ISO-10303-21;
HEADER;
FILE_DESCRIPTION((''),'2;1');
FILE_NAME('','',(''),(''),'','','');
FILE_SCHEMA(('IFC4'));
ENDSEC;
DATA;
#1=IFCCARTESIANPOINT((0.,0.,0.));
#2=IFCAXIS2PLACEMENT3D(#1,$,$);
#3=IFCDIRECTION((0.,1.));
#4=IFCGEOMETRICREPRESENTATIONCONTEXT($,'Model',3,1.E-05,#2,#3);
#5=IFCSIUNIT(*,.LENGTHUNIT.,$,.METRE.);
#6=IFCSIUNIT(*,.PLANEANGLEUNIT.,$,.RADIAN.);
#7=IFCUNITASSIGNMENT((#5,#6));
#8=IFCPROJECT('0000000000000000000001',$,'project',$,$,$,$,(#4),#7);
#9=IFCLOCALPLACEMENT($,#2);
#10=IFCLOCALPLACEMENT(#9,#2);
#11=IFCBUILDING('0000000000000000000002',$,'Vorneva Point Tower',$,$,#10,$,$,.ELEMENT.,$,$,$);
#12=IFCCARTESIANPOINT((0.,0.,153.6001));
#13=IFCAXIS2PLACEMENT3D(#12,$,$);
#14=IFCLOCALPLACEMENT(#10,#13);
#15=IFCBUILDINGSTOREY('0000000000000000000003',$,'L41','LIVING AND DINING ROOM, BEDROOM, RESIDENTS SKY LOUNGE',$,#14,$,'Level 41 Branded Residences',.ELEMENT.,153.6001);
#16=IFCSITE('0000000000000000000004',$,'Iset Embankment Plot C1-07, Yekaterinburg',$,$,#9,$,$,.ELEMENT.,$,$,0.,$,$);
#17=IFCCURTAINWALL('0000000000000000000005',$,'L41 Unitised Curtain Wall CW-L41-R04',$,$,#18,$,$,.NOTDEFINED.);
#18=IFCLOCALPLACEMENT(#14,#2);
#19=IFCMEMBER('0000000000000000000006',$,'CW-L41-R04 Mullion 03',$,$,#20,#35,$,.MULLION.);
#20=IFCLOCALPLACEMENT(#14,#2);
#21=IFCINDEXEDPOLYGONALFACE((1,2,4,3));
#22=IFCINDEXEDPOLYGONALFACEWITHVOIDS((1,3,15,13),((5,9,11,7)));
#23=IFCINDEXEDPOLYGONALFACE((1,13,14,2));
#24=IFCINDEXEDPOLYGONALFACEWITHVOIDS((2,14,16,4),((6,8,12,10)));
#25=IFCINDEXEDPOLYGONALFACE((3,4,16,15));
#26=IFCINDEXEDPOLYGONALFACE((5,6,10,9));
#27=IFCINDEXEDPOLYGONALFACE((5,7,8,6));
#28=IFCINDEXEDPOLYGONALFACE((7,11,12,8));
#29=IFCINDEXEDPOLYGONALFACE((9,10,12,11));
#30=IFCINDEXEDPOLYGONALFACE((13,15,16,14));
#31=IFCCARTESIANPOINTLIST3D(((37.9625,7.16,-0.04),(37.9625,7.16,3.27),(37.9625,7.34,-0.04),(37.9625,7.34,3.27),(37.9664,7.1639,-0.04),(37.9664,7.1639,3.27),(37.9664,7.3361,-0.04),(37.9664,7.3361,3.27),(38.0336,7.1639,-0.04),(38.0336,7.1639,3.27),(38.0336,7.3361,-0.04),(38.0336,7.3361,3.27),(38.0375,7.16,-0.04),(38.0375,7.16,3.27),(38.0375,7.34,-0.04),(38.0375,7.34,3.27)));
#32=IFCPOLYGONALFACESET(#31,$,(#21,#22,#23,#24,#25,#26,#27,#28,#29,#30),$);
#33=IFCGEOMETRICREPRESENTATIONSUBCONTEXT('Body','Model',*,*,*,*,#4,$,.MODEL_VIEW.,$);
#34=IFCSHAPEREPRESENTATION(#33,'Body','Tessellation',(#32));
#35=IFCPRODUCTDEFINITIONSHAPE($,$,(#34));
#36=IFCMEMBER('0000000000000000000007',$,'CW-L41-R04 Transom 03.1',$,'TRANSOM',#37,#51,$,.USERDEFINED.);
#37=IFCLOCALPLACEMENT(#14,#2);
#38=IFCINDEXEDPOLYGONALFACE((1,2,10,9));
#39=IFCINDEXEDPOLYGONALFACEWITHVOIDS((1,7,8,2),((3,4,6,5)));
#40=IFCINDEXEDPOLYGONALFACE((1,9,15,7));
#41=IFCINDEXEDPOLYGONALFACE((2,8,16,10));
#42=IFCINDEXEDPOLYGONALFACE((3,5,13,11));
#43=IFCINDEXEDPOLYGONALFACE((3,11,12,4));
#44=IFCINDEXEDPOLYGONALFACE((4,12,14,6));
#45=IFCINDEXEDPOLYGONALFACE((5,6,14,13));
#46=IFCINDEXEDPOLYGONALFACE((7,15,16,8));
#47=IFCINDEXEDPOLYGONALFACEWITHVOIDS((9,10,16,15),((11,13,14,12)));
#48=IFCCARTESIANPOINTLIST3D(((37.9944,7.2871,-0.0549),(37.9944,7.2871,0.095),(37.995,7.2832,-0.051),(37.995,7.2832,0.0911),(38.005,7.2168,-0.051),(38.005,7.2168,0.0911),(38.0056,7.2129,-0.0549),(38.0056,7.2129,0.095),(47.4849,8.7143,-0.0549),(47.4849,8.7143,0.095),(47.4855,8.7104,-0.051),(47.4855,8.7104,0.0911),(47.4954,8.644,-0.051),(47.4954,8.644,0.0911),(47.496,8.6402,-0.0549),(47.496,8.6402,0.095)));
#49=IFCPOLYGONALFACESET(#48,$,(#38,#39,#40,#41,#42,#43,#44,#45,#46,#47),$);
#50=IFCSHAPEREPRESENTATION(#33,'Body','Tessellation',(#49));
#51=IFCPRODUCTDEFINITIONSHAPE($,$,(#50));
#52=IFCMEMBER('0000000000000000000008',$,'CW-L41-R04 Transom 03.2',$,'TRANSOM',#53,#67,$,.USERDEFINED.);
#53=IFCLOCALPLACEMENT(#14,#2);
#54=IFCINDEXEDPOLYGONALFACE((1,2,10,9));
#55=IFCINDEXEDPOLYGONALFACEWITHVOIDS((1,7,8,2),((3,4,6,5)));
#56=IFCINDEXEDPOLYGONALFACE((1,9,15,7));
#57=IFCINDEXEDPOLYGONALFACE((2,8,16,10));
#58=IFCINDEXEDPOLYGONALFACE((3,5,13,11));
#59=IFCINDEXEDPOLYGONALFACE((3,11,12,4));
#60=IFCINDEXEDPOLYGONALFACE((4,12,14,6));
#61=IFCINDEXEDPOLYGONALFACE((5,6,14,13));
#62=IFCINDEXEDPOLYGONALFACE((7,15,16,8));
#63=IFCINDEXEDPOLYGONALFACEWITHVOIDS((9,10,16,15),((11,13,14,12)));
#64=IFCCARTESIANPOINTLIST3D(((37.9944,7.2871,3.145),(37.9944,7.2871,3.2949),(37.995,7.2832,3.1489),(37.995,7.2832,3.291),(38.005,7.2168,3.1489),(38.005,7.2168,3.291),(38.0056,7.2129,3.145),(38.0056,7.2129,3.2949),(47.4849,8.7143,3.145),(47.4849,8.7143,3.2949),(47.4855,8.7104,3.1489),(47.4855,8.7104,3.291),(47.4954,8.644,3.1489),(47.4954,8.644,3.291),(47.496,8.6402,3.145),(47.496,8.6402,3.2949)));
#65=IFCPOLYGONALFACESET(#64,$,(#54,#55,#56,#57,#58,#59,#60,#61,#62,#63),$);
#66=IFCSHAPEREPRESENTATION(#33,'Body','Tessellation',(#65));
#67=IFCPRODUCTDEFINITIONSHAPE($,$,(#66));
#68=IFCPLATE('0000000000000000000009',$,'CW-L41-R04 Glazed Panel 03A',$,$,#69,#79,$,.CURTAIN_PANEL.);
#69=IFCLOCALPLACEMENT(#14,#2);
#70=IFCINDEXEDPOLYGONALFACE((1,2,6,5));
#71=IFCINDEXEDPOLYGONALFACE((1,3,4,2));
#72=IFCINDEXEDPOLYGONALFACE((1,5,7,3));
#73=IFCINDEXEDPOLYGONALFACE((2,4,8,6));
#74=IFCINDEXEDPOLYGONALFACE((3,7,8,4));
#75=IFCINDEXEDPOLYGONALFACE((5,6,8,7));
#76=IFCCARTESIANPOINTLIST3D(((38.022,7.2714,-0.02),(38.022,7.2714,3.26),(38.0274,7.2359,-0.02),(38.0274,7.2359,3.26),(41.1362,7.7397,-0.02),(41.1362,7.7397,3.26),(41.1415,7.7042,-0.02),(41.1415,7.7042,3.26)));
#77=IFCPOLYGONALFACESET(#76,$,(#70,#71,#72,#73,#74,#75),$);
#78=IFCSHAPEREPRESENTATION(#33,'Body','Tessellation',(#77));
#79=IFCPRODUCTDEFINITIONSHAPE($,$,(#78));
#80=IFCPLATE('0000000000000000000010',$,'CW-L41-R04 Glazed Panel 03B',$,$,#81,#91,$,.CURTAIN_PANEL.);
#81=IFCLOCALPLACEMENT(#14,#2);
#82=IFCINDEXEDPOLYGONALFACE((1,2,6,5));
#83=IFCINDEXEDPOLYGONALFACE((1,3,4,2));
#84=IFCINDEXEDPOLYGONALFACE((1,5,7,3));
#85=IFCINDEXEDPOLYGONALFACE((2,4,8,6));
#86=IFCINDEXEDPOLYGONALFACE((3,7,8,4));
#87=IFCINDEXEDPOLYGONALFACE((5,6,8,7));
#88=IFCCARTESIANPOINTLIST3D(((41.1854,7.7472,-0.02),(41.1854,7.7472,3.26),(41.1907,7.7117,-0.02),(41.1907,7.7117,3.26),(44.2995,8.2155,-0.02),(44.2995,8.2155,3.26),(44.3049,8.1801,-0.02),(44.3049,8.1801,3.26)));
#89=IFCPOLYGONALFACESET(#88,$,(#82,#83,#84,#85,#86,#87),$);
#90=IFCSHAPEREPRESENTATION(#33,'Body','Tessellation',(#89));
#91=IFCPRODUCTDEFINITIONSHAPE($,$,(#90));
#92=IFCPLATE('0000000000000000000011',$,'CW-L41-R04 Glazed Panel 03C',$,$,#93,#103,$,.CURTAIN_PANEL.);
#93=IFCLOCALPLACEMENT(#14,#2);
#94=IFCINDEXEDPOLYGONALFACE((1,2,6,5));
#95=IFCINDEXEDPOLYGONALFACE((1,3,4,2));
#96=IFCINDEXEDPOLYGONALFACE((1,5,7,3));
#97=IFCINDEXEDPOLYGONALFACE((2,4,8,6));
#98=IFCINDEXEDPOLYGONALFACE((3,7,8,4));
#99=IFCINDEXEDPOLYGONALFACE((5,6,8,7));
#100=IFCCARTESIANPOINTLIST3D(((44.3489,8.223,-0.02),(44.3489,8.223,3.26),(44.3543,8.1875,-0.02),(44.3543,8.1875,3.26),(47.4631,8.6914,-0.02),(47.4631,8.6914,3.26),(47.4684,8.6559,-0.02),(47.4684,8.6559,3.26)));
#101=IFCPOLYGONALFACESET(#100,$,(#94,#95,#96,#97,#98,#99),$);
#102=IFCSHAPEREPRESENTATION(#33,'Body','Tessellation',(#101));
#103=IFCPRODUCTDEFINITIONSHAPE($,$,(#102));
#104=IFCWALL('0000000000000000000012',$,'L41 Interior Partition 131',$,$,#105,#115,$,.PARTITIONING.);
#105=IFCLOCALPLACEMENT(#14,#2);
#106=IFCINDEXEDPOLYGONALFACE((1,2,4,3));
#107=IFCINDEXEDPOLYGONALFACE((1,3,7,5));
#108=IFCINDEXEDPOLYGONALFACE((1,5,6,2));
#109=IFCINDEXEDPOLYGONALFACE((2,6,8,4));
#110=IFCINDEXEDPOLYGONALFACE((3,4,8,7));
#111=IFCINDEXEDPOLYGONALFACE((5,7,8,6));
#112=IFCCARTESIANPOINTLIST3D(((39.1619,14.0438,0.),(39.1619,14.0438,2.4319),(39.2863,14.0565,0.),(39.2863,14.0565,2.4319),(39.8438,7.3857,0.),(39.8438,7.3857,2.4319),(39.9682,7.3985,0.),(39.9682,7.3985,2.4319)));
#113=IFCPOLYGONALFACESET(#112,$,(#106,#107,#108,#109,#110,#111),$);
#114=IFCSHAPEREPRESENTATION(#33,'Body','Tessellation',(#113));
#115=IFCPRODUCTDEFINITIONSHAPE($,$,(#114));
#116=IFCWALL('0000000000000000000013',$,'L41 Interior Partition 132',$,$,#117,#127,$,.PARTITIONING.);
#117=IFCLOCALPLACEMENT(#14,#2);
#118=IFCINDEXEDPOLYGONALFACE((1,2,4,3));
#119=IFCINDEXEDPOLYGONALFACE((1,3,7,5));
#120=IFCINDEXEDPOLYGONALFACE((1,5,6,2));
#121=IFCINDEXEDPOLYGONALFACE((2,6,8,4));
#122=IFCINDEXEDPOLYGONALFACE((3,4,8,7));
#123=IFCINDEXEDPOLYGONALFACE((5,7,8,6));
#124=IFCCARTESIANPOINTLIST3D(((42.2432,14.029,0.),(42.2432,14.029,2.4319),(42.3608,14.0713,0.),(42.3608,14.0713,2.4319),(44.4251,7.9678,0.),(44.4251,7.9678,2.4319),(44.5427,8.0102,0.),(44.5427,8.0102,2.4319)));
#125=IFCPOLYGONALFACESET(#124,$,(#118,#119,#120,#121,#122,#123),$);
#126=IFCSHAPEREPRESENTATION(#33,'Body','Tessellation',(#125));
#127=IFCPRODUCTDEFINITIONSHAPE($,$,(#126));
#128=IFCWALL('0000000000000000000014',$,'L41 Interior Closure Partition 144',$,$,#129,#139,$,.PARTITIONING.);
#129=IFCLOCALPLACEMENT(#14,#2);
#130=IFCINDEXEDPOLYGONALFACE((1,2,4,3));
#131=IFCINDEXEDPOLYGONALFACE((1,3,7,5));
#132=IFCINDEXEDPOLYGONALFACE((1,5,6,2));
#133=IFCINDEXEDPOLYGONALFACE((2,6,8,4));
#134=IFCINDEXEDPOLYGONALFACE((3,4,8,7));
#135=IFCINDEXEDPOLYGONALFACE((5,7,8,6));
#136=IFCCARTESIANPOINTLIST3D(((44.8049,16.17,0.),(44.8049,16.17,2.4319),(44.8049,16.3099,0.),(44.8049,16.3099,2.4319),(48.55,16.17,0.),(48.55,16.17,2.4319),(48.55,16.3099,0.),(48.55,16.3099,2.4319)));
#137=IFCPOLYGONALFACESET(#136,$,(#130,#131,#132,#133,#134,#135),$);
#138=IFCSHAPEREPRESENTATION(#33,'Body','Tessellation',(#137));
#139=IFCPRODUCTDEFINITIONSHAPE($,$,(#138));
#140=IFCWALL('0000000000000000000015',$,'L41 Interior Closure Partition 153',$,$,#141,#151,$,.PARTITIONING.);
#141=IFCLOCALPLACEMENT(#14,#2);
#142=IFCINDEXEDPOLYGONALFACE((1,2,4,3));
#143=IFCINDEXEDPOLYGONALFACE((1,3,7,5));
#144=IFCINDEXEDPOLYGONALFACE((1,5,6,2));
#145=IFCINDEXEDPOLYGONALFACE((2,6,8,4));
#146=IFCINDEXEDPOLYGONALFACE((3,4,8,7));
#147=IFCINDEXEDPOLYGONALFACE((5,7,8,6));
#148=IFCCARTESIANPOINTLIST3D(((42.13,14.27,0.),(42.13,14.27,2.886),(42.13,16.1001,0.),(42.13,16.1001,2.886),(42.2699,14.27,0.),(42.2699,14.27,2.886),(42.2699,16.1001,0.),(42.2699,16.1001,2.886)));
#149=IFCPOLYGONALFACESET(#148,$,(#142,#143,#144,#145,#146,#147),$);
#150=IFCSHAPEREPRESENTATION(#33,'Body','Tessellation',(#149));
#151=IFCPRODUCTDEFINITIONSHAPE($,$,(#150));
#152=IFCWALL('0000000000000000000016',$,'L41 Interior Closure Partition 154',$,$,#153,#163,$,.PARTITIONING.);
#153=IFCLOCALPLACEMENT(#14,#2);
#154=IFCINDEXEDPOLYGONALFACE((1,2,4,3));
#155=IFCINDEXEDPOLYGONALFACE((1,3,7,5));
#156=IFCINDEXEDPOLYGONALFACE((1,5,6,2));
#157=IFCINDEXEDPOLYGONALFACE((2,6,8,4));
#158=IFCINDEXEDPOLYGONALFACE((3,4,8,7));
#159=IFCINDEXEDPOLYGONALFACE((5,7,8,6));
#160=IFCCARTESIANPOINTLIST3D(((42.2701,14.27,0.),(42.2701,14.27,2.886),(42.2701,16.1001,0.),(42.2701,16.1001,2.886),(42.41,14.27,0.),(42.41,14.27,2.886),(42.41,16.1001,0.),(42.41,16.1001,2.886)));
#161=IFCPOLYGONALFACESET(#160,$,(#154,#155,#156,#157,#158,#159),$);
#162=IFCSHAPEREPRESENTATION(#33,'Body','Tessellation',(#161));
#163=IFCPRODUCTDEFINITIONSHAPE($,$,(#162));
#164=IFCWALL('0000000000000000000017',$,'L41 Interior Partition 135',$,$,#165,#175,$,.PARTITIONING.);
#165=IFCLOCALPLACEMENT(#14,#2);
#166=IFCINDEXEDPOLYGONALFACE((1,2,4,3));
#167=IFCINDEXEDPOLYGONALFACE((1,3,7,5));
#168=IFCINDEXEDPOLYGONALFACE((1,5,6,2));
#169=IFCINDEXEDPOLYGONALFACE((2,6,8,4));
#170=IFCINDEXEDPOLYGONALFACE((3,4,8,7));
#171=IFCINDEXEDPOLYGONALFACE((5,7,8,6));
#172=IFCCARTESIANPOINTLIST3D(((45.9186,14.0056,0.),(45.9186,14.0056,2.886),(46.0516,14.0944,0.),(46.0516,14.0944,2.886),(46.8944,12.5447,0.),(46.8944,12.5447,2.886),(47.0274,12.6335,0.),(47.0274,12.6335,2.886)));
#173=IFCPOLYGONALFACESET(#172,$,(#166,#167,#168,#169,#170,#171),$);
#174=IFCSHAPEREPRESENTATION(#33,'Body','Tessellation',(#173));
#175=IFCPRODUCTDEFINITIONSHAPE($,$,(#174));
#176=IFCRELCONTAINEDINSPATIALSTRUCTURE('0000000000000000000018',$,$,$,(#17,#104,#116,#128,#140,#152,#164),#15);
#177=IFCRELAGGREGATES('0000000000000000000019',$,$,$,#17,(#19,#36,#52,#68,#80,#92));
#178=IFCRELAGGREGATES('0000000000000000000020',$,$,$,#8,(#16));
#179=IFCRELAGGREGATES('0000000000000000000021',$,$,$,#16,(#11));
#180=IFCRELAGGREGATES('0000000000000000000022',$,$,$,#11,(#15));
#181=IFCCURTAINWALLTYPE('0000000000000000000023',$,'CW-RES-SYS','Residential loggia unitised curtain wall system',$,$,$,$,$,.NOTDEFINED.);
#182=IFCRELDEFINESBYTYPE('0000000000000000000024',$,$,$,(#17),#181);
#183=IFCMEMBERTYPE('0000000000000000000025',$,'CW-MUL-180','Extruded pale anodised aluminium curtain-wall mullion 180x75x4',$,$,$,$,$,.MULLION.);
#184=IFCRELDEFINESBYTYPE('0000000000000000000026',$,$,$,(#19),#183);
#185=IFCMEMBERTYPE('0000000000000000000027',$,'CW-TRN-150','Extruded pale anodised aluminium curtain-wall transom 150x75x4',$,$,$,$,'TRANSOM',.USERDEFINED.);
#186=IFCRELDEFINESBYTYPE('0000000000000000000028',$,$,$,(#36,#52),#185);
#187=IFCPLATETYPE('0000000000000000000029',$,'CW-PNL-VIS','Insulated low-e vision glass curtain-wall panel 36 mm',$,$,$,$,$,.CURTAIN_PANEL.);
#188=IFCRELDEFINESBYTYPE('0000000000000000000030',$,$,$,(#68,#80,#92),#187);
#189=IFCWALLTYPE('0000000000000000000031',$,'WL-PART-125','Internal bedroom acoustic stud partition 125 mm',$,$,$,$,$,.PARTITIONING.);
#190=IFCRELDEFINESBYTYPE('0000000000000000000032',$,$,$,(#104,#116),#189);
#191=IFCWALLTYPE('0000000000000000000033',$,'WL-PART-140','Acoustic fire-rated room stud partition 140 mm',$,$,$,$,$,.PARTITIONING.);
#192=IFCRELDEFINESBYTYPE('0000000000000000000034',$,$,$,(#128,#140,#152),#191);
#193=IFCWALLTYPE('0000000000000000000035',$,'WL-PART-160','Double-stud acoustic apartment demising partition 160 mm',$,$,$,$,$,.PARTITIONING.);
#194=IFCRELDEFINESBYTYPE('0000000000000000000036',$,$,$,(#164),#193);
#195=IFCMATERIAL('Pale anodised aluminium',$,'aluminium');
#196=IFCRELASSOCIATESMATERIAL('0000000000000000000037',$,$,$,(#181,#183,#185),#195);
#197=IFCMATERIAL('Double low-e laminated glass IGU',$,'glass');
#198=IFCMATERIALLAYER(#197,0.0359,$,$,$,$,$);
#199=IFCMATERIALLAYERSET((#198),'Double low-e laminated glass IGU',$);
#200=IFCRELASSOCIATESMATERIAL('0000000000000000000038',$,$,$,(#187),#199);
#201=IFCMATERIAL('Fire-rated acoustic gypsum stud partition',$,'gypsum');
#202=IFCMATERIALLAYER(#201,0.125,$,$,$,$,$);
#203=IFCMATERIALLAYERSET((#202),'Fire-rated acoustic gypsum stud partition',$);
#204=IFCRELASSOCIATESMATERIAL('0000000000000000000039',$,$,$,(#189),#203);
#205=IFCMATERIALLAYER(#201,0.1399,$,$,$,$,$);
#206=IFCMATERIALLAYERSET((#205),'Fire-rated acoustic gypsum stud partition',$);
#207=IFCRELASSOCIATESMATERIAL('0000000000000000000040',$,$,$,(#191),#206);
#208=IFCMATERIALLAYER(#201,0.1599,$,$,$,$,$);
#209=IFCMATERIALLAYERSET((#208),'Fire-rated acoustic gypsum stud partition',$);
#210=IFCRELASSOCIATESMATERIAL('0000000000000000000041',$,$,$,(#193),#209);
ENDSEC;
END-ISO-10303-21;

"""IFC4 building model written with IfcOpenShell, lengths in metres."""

from ifc_helpers import new_model, si_unit, direction, frame, frame_2d, origin, origin_2d, place, context, subcontext, project, spatial, rectangle, hollow_rectangle, extrude, material, layer, layer_set, material_profile, profile_set, type_object, element, aggregate, save


model = new_model("IFC4")

# Units and contexts
model_context = context("Model", 3, precision=1e-05, world=origin(), true_north=direction((0.0, 1.0)))
body_context = subcontext(model_context, "Body", "Model", "MODEL_VIEW")
ifc_project = project(units=[si_unit("LENGTHUNIT", "METRE"), si_unit("PLANEANGLEUNIT", "RADIAN")], contexts=[model_context])

# Site, building, storey
site_placement = place(None, origin())
site = spatial("IfcSite", under=ifc_project, at=site_placement, Name="Iset Embankment Plot C1-07, Yekaterinburg", CompositionType="ELEMENT", RefElevation=0.0)
building_placement = place(site_placement, origin())
building = spatial("IfcBuilding", under=site, at=building_placement, Name="Vorneva Point Tower", CompositionType="ELEMENT")
storey_placement = place(building_placement, frame((0.0, 0.0, 153.6001)))
storey = spatial("IfcBuildingStorey", under=building, at=storey_placement, Name="L41", Description="LIVING AND DINING ROOM, BEDROOM, RESIDENTS SKY LOUNGE", LongName="Level 41 Branded Residences", CompositionType="ELEMENT", Elevation=153.6001)

# Curtain wall, members, plates
ifc_material_1 = material(Name="Pale anodised aluminium", Category="aluminium")
curtain_wall_type = type_object("IfcCurtainWallType", Name="CW-RES-SYS", Description="Residential loggia unitised curtain wall system", PredefinedType="NOTDEFINED", material=ifc_material_1)
curtain_wall_placement = place(storey_placement, origin())
curtain_wall = element("IfcCurtainWall", 1, at=curtain_wall_placement, inside=storey, type_object=curtain_wall_type, Name="L41 Unitised Curtain Wall CW-L41-R04", PredefinedType="NOTDEFINED")
ifc_material_profile_1 = material_profile(ifc_material_1, hollow_rectangle(XDim=0.075, YDim=0.1799, WallThickness=0.0039, at=origin_2d()), Name="AL-MUL 180x75x4")
ifc_profile_set_1 = profile_set([ifc_material_profile_1], Name="Pale anodised aluminium")
member_type_1 = type_object("IfcMemberType", Name="CW-MUL-180", Description="Extruded pale anodised aluminium curtain-wall mullion 180x75x4", PredefinedType="MULLION", material=ifc_profile_set_1)
member_1_placement = place(storey_placement, frame((38.0, 7.25, -0.04), z_axis=(0.0, 0.0, 1.0), x_axis=(1.0, 0.0, 0.0)))
member_1 = element("IfcMember", 2, at=member_1_placement, type_object=member_type_1, Name="CW-L41-R04 Mullion 03", PredefinedType="MULLION", context=body_context, shape_type="SweptSolid", body=[
    extrude(hollow_rectangle(XDim=0.075, YDim=0.1799, WallThickness=0.0039, at=origin_2d()), origin(), (0.0, 0.0, 1.0), 3.3101),
])
ifc_material_profile_2 = material_profile(ifc_material_1, hollow_rectangle(XDim=0.075, YDim=0.1499, WallThickness=0.0039, at=origin_2d()), Name="AL-TRN 150x75x4")
ifc_profile_set_2 = profile_set([ifc_material_profile_2], Name="Pale anodised aluminium")
member_type_2 = type_object("IfcMemberType", Name="CW-TRN-150", Description="Extruded pale anodised aluminium curtain-wall transom 150x75x4", ElementType="TRANSOM", PredefinedType="USERDEFINED", material=ifc_profile_set_2)
member_2_placement = place(storey_placement, frame((38.0, 7.25, 0.02), z_axis=(0.98888, 0.148715, 0.0), x_axis=(-0.148715, 0.98888, 0.0)))
member_2 = element("IfcMember", 3, at=member_2_placement, type_object=member_type_2, Name="CW-L41-R04 Transom 03.1", ObjectType="TRANSOM", PredefinedType="USERDEFINED", context=body_context, shape_type="SweptSolid", body=[
    extrude(hollow_rectangle(XDim=0.075, YDim=0.1499, WallThickness=0.0039, at=origin_2d()), origin(), (0.0, 0.0, 1.0), 9.5972),
])
member_3_placement = place(storey_placement, frame((38.0, 7.25, 3.22), z_axis=(0.98888, 0.148715, 0.0), x_axis=(-0.148715, 0.98888, 0.0)))
member_3 = element("IfcMember", 4, at=member_3_placement, type_object=member_type_2, Name="CW-L41-R04 Transom 03.2", ObjectType="TRANSOM", PredefinedType="USERDEFINED", context=body_context, shape_type="SweptSolid", body=[
    extrude(hollow_rectangle(XDim=0.075, YDim=0.1499, WallThickness=0.0039, at=origin_2d()), origin(), (0.0, 0.0, 1.0), 9.5972),
])
ifc_material_2 = material(Name="Double low-e laminated glass IGU", Category="glass")
ifc_layer_1 = layer(ifc_material_2, 0.0359)
ifc_layer_set_1 = layer_set([ifc_layer_1], Name="Double low-e laminated glass IGU")
plate_type = type_object("IfcPlateType", Name="CW-PNL-VIS", Description="Insulated low-e vision glass curtain-wall panel 36 mm", PredefinedType="CURTAIN_PANEL", material=ifc_layer_set_1)
plate_1_placement = place(storey_placement, frame((39.5818, 7.4878, -0.02), z_axis=(0.0, 0.0, 1.0), x_axis=(0.988879, 0.148724, 0.0)))
plate_1 = element("IfcPlate", 5, at=plate_1_placement, type_object=plate_type, Name="CW-L41-R04 Glazed Panel 03A", PredefinedType="CURTAIN_PANEL", context=body_context, shape_type="SweptSolid", body=[
    extrude(rectangle(XDim=3.1492, YDim=0.0359, at=origin_2d()), origin(), (0.0, 0.0, 1.0), 3.28),
])
plate_2_placement = place(storey_placement, frame((42.7451, 7.9636, -0.02), z_axis=(0.0, 0.0, 1.0), x_axis=(0.988879, 0.148724, 0.0)))
plate_2 = element("IfcPlate", 6, at=plate_2_placement, type_object=plate_type, Name="CW-L41-R04 Glazed Panel 03B", PredefinedType="CURTAIN_PANEL", context=body_context, shape_type="SweptSolid", body=[
    extrude(rectangle(XDim=3.1492, YDim=0.0359, at=origin_2d()), origin(), (0.0, 0.0, 1.0), 3.28),
])
plate_3_placement = place(storey_placement, frame((45.9087, 8.4395, -0.02), z_axis=(0.0, 0.0, 1.0), x_axis=(0.988879, 0.148724, 0.0)))
plate_3 = element("IfcPlate", 7, at=plate_3_placement, type_object=plate_type, Name="CW-L41-R04 Glazed Panel 03C", PredefinedType="CURTAIN_PANEL", context=body_context, shape_type="SweptSolid", body=[
    extrude(rectangle(XDim=3.1492, YDim=0.0359, at=origin_2d()), origin(), (0.0, 0.0, 1.0), 3.28),
])
aggregate(curtain_wall, [member_1, member_2, member_3, plate_1, plate_2, plate_3])

# Walls
ifc_material_3 = material(Name="Fire-rated acoustic gypsum stud partition", Category="gypsum")
ifc_layer_2 = layer(ifc_material_3, 0.125)
ifc_layer_set_2 = layer_set([ifc_layer_2], Name="Fire-rated acoustic gypsum stud partition")
wall_type_1 = type_object("IfcWallType", Name="WL-PART-125", Description="Internal bedroom acoustic stud partition 125 mm", PredefinedType="PARTITIONING", material=ifc_layer_set_2)
wall_1_placement = place(storey_placement, frame((39.906, 7.3921, 0.0), z_axis=(0.0, 0.0, 1.0), x_axis=(-0.101884, 0.994796, 0.0)))
element("IfcWall", 8, at=wall_1_placement, inside=storey, type_object=wall_type_1, Name="L41 Interior Partition 131", PredefinedType="PARTITIONING", context=body_context, shape_type="SweptSolid", body=[
    extrude(rectangle(XDim=6.6929, YDim=0.125, at=frame_2d((3.3464, 0.0))), origin(), (0.0, 0.0, 1.0), 2.4319),
])
wall_2_placement = place(storey_placement, frame((44.4839, 7.989, 0.0), z_axis=(0.0, 0.0, 1.0), x_axis=(-0.338707, 0.940892, 0.0)))
element("IfcWall", 9, at=wall_2_placement, inside=storey, type_object=wall_type_1, Name="L41 Interior Partition 132", PredefinedType="PARTITIONING", context=body_context, shape_type="SweptSolid", body=[
    extrude(rectangle(XDim=6.4419, YDim=0.125, at=frame_2d((3.2209, 0.0))), origin(), (0.0, 0.0, 1.0), 2.4319),
])
ifc_layer_3 = layer(ifc_material_3, 0.1399)
ifc_layer_set_3 = layer_set([ifc_layer_3], Name="Fire-rated acoustic gypsum stud partition")
wall_type_2 = type_object("IfcWallType", Name="WL-PART-140", Description="Acoustic fire-rated room stud partition 140 mm", PredefinedType="PARTITIONING", material=ifc_layer_set_3)
wall_3_placement = place(storey_placement, frame((44.8049, 16.24, 0.0), z_axis=(0.0, 0.0, 1.0), x_axis=(1.0, 0.0, 0.0)))
element("IfcWall", 10, at=wall_3_placement, inside=storey, type_object=wall_type_2, Name="L41 Interior Closure Partition 144", PredefinedType="PARTITIONING", context=body_context, shape_type="SweptSolid", body=[
    extrude(rectangle(XDim=3.7451, YDim=0.1399, at=frame_2d((1.8726, 0.0))), origin(), (0.0, 0.0, 1.0), 2.4319),
])
for number, where, z_axis, x_axis, name in (
    (11, (42.2, 16.1001, 0.0), (0.0, 0.0, 1.0), (0.0, -1.0, 0.0), "L41 Interior Closure Partition 153"),
    (12, (42.3401, 14.27, 0.0), (0.0, 0.0, 1.0), (0.0, 1.0, 0.0), "L41 Interior Closure Partition 154"),
):
    element("IfcWall", number, at=place(storey_placement, frame(where, z_axis=z_axis, x_axis=x_axis)), inside=storey, type_object=wall_type_2, Name=name, PredefinedType="PARTITIONING", context=body_context, shape_type="SweptSolid", body=[
        extrude(rectangle(XDim=1.8301, YDim=0.1399, at=frame_2d((0.915, 0.0))), origin(), (0.0, 0.0, 1.0), 2.886),
    ])
ifc_layer_4 = layer(ifc_material_3, 0.1599)
ifc_layer_set_4 = layer_set([ifc_layer_4], Name="Fire-rated acoustic gypsum stud partition")
wall_type_3 = type_object("IfcWallType", Name="WL-PART-160", Description="Double-stud acoustic apartment demising partition 160 mm", PredefinedType="PARTITIONING", material=ifc_layer_set_4)
wall_4_placement = place(storey_placement, frame((46.9609, 12.5891, 0.0), z_axis=(0.0, 0.0, 1.0), x_axis=(-0.555438, 0.831558, 0.0)))
element("IfcWall", 13, at=wall_4_placement, inside=storey, type_object=wall_type_3, Name="L41 Interior Partition 135", PredefinedType="PARTITIONING", context=body_context, shape_type="SweptSolid", body=[
    extrude(rectangle(XDim=1.7568, YDim=0.1599, at=frame_2d((0.8784, 0.0))), origin(), (0.0, 0.0, 1.0), 2.886),
])

save(model, "model.ifc")
